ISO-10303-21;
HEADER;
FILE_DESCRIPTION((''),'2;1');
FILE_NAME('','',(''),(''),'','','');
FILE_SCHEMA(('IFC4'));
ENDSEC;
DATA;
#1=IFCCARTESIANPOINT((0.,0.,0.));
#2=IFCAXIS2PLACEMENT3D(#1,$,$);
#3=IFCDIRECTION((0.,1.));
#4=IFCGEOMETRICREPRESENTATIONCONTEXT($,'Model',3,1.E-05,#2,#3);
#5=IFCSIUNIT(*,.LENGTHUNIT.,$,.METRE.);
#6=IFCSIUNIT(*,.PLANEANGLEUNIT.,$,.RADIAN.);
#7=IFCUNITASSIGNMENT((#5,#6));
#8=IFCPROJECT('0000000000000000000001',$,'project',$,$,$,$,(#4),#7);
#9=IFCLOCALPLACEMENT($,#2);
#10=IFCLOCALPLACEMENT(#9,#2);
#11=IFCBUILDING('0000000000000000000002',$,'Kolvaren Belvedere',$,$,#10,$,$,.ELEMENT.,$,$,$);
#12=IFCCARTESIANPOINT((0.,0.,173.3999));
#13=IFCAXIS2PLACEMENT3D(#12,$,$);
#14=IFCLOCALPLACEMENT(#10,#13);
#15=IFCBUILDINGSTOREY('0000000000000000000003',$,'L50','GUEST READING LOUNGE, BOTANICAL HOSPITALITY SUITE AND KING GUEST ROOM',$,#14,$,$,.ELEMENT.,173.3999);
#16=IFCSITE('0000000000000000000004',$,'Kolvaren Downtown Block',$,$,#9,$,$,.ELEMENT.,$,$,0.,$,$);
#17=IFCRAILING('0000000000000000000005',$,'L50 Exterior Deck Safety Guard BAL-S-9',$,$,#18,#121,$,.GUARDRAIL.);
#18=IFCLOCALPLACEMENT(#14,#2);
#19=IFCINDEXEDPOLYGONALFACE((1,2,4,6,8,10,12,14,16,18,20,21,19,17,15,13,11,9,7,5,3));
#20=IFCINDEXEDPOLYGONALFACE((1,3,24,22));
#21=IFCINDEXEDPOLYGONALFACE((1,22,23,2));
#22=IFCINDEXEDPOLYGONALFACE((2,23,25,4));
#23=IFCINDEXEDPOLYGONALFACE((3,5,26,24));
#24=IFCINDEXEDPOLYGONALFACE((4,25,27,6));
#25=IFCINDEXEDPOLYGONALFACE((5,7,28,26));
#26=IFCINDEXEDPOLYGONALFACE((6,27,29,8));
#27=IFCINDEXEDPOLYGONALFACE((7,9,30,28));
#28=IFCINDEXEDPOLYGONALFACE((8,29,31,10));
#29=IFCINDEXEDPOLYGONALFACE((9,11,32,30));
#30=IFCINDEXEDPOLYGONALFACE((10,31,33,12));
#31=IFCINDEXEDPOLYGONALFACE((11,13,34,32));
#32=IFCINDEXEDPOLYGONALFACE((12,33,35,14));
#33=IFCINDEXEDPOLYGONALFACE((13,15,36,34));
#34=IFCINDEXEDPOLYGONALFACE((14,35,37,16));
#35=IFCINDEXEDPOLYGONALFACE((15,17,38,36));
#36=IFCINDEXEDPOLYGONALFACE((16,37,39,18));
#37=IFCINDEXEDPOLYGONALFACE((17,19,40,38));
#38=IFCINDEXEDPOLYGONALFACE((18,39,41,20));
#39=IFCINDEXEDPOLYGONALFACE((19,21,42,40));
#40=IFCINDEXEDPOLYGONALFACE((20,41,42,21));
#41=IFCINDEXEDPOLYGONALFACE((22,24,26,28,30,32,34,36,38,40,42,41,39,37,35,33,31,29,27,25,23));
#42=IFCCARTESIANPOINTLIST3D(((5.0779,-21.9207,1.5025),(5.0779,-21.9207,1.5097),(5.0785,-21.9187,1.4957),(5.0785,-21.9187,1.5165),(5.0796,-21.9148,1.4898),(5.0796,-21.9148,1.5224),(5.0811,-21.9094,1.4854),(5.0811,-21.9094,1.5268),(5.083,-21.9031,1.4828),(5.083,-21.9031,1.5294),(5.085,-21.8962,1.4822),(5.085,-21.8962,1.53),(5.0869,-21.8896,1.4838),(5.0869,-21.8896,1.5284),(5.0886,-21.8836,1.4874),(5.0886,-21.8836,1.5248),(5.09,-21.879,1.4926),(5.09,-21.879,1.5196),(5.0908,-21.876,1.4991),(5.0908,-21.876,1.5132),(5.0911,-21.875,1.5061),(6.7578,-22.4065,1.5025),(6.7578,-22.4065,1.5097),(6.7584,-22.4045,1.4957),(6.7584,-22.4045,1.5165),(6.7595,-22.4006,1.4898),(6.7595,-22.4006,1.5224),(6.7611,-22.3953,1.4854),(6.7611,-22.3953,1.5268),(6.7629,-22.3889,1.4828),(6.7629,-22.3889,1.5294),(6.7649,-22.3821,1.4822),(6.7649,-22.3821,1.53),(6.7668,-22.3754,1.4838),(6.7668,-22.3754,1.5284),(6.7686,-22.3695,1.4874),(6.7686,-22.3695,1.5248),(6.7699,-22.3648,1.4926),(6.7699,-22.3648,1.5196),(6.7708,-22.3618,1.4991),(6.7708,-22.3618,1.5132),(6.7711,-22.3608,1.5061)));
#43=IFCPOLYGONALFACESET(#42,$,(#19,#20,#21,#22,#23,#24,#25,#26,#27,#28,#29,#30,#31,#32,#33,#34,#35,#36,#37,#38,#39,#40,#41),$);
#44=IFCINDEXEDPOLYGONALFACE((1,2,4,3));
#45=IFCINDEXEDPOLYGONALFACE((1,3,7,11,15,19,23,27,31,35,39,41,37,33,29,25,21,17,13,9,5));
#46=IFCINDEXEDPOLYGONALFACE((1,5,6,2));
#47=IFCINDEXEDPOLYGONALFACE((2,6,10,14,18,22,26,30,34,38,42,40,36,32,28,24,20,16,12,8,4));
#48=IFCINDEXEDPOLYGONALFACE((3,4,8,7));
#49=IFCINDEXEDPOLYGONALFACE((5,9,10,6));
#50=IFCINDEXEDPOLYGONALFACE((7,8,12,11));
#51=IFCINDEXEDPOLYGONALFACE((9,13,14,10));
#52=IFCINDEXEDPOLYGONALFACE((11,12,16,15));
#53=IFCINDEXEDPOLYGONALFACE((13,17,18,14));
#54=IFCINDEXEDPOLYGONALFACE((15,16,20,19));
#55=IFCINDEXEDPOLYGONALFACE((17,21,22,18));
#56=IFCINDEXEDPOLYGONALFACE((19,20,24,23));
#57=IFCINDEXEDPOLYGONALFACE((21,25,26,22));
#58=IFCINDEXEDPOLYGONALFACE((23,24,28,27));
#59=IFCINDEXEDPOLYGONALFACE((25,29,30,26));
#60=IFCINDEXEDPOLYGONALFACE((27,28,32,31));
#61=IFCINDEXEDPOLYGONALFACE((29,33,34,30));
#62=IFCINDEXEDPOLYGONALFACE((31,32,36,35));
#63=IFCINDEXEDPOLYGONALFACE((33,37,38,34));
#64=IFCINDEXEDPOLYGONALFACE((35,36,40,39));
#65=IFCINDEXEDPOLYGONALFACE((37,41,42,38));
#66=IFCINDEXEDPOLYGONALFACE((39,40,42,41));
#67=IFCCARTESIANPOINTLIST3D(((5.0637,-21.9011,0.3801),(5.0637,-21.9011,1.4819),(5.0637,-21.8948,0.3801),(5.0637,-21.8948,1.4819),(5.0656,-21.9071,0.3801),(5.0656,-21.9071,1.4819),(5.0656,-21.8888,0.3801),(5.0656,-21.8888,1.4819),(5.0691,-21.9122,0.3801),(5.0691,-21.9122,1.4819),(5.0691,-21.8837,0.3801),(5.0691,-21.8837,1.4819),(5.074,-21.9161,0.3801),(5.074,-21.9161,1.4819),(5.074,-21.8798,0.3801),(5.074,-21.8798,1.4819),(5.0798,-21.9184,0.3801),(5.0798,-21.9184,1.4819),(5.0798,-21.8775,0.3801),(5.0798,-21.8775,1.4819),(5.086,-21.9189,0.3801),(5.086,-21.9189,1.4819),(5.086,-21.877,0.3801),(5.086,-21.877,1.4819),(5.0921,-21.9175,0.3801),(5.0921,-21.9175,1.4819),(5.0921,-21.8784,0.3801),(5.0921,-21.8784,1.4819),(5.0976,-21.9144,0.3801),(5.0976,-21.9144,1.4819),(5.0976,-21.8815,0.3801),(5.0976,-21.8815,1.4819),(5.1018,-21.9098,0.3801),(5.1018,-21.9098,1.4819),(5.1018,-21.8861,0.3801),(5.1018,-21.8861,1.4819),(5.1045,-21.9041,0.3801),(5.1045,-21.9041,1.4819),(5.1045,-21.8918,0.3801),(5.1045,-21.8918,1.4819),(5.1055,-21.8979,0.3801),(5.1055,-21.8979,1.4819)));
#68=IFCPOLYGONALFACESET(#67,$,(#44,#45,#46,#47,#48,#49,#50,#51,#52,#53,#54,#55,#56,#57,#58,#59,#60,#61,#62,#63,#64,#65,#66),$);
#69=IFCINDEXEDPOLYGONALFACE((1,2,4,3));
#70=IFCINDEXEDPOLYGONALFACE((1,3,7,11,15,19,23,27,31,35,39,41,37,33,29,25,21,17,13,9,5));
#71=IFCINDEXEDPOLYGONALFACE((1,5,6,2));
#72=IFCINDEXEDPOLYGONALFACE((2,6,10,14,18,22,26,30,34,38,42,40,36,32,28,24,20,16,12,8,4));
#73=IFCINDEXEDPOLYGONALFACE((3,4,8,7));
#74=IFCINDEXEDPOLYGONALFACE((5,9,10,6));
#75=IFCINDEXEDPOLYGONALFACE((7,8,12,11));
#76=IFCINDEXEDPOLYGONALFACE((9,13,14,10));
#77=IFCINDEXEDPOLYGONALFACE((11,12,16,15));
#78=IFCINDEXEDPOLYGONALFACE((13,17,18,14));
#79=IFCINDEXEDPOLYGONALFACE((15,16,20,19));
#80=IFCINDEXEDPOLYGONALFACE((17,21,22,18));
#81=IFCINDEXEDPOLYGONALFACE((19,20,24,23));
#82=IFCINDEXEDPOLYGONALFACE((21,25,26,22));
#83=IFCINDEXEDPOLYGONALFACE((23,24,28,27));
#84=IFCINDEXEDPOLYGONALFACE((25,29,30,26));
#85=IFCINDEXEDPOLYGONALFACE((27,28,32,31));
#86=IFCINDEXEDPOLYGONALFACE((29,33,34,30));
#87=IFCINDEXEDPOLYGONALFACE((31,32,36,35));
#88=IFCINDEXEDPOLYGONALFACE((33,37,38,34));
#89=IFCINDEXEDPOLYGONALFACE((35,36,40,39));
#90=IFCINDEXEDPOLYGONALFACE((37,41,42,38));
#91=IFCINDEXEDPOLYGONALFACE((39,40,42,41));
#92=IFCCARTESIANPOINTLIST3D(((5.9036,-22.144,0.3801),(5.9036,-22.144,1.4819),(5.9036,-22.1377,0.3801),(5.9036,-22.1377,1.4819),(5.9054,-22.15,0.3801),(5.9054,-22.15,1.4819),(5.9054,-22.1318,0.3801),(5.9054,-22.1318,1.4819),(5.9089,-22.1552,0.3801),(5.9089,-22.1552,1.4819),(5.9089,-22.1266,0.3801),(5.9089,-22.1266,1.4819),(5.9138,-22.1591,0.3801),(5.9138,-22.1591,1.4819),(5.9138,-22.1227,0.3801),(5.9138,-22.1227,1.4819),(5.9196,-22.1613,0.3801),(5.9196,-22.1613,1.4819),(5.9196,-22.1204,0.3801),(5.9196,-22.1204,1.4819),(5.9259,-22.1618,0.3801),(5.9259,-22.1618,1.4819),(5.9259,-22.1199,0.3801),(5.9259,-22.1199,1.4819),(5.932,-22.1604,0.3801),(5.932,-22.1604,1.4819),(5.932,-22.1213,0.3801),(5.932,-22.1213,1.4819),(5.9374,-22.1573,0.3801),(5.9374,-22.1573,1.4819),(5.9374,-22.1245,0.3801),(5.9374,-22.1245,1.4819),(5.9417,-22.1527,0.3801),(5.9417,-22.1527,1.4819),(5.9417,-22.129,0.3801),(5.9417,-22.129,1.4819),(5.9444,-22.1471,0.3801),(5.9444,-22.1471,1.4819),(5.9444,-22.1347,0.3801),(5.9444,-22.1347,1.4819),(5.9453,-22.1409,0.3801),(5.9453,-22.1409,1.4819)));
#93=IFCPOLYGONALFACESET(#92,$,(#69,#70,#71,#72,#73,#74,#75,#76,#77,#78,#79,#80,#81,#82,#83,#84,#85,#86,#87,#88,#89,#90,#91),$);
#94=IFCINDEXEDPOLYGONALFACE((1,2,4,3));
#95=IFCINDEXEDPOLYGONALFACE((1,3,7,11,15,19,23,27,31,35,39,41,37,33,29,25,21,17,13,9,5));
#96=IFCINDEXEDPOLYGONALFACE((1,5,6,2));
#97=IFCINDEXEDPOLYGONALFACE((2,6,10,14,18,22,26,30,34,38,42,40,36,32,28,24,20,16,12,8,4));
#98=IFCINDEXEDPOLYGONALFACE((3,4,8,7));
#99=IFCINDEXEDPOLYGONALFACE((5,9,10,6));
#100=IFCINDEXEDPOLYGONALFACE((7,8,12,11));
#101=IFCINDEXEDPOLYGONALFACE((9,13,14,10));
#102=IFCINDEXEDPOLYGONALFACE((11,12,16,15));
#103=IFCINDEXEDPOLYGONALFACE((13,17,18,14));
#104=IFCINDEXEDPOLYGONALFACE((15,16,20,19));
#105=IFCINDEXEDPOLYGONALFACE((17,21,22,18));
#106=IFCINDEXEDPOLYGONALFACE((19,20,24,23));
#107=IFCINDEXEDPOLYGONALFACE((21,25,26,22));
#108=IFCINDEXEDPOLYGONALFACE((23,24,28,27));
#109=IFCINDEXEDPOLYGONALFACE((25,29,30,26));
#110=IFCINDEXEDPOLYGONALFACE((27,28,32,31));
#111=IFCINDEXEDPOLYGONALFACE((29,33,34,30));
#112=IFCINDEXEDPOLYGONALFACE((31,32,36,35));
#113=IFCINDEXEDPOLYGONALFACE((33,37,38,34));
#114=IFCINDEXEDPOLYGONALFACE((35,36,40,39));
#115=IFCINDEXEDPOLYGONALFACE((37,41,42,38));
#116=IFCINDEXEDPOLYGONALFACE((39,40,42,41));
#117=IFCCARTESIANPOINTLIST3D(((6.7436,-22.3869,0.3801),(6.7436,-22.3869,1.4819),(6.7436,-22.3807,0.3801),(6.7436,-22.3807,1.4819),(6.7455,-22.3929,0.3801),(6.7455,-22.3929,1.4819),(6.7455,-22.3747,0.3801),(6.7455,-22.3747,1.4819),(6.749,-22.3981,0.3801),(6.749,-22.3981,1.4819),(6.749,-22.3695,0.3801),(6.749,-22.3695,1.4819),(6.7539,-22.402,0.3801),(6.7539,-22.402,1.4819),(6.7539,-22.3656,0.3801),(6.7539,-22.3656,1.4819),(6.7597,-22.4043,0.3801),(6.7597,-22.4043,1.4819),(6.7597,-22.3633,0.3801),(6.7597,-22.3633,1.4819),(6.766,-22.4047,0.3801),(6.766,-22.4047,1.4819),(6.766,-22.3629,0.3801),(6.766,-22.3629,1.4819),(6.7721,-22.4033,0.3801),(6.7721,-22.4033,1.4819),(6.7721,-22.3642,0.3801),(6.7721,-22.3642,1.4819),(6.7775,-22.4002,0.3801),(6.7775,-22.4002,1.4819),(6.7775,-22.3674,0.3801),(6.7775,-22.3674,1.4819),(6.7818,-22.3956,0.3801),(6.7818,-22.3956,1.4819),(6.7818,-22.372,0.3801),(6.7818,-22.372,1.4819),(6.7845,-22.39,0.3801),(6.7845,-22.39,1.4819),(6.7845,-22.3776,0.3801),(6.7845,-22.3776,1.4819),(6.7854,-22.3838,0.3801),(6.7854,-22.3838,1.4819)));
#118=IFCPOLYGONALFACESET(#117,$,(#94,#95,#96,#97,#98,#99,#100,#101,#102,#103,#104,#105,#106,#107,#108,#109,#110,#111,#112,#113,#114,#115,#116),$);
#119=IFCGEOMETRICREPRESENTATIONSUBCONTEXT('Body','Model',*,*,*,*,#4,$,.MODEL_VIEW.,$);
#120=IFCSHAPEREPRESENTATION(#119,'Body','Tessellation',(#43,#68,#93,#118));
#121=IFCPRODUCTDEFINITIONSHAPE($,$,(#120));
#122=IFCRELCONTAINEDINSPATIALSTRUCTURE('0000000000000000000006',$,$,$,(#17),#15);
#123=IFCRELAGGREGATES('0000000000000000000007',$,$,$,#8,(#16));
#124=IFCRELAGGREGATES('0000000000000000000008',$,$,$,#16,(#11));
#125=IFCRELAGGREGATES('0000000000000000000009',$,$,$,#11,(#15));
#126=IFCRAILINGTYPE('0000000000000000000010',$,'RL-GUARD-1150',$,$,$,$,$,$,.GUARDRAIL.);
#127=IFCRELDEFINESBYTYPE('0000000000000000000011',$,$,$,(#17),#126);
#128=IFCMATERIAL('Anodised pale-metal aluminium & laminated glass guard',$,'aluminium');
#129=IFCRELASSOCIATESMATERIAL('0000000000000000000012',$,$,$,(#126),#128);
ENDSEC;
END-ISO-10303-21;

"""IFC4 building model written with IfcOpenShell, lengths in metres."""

from ifc_helpers import new_model, si_unit, direction, frame, origin, origin_2d, place, context, subcontext, project, spatial, circle, extrude, material, type_object, element, save


model = new_model("IFC4")

# Units and contexts
model_context = context("Model", 3, precision=1e-05, world=origin(), true_north=direction((0.0, 1.0)))
body_context = subcontext(model_context, "Body", "Model", "MODEL_VIEW")
ifc_project = project(units=[si_unit("LENGTHUNIT", "METRE"), si_unit("PLANEANGLEUNIT", "RADIAN")], contexts=[model_context])

# Site, building, storey
site_placement = place(None, origin())
site = spatial("IfcSite", under=ifc_project, at=site_placement, Name="Kolvaren Downtown Block", CompositionType="ELEMENT", RefElevation=0.0)
building_placement = place(site_placement, origin())
building = spatial("IfcBuilding", under=site, at=building_placement, Name="Kolvaren Belvedere", CompositionType="ELEMENT")
storey_placement = place(building_placement, frame((0.0, 0.0, 173.3999)))
storey = spatial("IfcBuildingStorey", under=building, at=storey_placement, Name="L50", Description="GUEST READING LOUNGE, BOTANICAL HOSPITALITY SUITE AND KING GUEST ROOM", CompositionType="ELEMENT", Elevation=173.3999)

# Railing
ifc_material_1 = material(Name="Anodised pale-metal aluminium & laminated glass guard", Category="aluminium")
railing_type = type_object("IfcRailingType", Name="RL-GUARD-1150", PredefinedType="GUARDRAIL", material=ifc_material_1)
railing_1_placement = place(storey_placement, frame((5.0845, -21.8979, 0.3801)))
element("IfcRailing", 1, at=railing_1_placement, inside=storey, type_object=railing_type, Name="L50 Exterior Deck Safety Guard BAL-S-9", PredefinedType="GUARDRAIL", context=body_context, shape_type="SweptSolid", body=[
    extrude(circle(Radius=0.0239, at=origin_2d()), frame((0.0, 0.0, 1.126), z_axis=(0.960634, -0.277817, 0.0), x_axis=(0.277817, 0.960634, 0.0)), (0.0, 0.0, 1.0), 1.7488),
    extrude(circle(Radius=0.021, at=origin_2d()), origin(), (0.0, 0.0, 1.0), 1.1018),
    extrude(circle(Radius=0.021, at=origin_2d()), frame((0.8398, -0.2429, 0.0)), (0.0, 0.0, 1.0), 1.1018),
    extrude(circle(Radius=0.021, at=origin_2d()), frame((1.6799, -0.4858, 0.0)), (0.0, 0.0, 1.0), 1.1018),
])

save(model, "model.ifc")
